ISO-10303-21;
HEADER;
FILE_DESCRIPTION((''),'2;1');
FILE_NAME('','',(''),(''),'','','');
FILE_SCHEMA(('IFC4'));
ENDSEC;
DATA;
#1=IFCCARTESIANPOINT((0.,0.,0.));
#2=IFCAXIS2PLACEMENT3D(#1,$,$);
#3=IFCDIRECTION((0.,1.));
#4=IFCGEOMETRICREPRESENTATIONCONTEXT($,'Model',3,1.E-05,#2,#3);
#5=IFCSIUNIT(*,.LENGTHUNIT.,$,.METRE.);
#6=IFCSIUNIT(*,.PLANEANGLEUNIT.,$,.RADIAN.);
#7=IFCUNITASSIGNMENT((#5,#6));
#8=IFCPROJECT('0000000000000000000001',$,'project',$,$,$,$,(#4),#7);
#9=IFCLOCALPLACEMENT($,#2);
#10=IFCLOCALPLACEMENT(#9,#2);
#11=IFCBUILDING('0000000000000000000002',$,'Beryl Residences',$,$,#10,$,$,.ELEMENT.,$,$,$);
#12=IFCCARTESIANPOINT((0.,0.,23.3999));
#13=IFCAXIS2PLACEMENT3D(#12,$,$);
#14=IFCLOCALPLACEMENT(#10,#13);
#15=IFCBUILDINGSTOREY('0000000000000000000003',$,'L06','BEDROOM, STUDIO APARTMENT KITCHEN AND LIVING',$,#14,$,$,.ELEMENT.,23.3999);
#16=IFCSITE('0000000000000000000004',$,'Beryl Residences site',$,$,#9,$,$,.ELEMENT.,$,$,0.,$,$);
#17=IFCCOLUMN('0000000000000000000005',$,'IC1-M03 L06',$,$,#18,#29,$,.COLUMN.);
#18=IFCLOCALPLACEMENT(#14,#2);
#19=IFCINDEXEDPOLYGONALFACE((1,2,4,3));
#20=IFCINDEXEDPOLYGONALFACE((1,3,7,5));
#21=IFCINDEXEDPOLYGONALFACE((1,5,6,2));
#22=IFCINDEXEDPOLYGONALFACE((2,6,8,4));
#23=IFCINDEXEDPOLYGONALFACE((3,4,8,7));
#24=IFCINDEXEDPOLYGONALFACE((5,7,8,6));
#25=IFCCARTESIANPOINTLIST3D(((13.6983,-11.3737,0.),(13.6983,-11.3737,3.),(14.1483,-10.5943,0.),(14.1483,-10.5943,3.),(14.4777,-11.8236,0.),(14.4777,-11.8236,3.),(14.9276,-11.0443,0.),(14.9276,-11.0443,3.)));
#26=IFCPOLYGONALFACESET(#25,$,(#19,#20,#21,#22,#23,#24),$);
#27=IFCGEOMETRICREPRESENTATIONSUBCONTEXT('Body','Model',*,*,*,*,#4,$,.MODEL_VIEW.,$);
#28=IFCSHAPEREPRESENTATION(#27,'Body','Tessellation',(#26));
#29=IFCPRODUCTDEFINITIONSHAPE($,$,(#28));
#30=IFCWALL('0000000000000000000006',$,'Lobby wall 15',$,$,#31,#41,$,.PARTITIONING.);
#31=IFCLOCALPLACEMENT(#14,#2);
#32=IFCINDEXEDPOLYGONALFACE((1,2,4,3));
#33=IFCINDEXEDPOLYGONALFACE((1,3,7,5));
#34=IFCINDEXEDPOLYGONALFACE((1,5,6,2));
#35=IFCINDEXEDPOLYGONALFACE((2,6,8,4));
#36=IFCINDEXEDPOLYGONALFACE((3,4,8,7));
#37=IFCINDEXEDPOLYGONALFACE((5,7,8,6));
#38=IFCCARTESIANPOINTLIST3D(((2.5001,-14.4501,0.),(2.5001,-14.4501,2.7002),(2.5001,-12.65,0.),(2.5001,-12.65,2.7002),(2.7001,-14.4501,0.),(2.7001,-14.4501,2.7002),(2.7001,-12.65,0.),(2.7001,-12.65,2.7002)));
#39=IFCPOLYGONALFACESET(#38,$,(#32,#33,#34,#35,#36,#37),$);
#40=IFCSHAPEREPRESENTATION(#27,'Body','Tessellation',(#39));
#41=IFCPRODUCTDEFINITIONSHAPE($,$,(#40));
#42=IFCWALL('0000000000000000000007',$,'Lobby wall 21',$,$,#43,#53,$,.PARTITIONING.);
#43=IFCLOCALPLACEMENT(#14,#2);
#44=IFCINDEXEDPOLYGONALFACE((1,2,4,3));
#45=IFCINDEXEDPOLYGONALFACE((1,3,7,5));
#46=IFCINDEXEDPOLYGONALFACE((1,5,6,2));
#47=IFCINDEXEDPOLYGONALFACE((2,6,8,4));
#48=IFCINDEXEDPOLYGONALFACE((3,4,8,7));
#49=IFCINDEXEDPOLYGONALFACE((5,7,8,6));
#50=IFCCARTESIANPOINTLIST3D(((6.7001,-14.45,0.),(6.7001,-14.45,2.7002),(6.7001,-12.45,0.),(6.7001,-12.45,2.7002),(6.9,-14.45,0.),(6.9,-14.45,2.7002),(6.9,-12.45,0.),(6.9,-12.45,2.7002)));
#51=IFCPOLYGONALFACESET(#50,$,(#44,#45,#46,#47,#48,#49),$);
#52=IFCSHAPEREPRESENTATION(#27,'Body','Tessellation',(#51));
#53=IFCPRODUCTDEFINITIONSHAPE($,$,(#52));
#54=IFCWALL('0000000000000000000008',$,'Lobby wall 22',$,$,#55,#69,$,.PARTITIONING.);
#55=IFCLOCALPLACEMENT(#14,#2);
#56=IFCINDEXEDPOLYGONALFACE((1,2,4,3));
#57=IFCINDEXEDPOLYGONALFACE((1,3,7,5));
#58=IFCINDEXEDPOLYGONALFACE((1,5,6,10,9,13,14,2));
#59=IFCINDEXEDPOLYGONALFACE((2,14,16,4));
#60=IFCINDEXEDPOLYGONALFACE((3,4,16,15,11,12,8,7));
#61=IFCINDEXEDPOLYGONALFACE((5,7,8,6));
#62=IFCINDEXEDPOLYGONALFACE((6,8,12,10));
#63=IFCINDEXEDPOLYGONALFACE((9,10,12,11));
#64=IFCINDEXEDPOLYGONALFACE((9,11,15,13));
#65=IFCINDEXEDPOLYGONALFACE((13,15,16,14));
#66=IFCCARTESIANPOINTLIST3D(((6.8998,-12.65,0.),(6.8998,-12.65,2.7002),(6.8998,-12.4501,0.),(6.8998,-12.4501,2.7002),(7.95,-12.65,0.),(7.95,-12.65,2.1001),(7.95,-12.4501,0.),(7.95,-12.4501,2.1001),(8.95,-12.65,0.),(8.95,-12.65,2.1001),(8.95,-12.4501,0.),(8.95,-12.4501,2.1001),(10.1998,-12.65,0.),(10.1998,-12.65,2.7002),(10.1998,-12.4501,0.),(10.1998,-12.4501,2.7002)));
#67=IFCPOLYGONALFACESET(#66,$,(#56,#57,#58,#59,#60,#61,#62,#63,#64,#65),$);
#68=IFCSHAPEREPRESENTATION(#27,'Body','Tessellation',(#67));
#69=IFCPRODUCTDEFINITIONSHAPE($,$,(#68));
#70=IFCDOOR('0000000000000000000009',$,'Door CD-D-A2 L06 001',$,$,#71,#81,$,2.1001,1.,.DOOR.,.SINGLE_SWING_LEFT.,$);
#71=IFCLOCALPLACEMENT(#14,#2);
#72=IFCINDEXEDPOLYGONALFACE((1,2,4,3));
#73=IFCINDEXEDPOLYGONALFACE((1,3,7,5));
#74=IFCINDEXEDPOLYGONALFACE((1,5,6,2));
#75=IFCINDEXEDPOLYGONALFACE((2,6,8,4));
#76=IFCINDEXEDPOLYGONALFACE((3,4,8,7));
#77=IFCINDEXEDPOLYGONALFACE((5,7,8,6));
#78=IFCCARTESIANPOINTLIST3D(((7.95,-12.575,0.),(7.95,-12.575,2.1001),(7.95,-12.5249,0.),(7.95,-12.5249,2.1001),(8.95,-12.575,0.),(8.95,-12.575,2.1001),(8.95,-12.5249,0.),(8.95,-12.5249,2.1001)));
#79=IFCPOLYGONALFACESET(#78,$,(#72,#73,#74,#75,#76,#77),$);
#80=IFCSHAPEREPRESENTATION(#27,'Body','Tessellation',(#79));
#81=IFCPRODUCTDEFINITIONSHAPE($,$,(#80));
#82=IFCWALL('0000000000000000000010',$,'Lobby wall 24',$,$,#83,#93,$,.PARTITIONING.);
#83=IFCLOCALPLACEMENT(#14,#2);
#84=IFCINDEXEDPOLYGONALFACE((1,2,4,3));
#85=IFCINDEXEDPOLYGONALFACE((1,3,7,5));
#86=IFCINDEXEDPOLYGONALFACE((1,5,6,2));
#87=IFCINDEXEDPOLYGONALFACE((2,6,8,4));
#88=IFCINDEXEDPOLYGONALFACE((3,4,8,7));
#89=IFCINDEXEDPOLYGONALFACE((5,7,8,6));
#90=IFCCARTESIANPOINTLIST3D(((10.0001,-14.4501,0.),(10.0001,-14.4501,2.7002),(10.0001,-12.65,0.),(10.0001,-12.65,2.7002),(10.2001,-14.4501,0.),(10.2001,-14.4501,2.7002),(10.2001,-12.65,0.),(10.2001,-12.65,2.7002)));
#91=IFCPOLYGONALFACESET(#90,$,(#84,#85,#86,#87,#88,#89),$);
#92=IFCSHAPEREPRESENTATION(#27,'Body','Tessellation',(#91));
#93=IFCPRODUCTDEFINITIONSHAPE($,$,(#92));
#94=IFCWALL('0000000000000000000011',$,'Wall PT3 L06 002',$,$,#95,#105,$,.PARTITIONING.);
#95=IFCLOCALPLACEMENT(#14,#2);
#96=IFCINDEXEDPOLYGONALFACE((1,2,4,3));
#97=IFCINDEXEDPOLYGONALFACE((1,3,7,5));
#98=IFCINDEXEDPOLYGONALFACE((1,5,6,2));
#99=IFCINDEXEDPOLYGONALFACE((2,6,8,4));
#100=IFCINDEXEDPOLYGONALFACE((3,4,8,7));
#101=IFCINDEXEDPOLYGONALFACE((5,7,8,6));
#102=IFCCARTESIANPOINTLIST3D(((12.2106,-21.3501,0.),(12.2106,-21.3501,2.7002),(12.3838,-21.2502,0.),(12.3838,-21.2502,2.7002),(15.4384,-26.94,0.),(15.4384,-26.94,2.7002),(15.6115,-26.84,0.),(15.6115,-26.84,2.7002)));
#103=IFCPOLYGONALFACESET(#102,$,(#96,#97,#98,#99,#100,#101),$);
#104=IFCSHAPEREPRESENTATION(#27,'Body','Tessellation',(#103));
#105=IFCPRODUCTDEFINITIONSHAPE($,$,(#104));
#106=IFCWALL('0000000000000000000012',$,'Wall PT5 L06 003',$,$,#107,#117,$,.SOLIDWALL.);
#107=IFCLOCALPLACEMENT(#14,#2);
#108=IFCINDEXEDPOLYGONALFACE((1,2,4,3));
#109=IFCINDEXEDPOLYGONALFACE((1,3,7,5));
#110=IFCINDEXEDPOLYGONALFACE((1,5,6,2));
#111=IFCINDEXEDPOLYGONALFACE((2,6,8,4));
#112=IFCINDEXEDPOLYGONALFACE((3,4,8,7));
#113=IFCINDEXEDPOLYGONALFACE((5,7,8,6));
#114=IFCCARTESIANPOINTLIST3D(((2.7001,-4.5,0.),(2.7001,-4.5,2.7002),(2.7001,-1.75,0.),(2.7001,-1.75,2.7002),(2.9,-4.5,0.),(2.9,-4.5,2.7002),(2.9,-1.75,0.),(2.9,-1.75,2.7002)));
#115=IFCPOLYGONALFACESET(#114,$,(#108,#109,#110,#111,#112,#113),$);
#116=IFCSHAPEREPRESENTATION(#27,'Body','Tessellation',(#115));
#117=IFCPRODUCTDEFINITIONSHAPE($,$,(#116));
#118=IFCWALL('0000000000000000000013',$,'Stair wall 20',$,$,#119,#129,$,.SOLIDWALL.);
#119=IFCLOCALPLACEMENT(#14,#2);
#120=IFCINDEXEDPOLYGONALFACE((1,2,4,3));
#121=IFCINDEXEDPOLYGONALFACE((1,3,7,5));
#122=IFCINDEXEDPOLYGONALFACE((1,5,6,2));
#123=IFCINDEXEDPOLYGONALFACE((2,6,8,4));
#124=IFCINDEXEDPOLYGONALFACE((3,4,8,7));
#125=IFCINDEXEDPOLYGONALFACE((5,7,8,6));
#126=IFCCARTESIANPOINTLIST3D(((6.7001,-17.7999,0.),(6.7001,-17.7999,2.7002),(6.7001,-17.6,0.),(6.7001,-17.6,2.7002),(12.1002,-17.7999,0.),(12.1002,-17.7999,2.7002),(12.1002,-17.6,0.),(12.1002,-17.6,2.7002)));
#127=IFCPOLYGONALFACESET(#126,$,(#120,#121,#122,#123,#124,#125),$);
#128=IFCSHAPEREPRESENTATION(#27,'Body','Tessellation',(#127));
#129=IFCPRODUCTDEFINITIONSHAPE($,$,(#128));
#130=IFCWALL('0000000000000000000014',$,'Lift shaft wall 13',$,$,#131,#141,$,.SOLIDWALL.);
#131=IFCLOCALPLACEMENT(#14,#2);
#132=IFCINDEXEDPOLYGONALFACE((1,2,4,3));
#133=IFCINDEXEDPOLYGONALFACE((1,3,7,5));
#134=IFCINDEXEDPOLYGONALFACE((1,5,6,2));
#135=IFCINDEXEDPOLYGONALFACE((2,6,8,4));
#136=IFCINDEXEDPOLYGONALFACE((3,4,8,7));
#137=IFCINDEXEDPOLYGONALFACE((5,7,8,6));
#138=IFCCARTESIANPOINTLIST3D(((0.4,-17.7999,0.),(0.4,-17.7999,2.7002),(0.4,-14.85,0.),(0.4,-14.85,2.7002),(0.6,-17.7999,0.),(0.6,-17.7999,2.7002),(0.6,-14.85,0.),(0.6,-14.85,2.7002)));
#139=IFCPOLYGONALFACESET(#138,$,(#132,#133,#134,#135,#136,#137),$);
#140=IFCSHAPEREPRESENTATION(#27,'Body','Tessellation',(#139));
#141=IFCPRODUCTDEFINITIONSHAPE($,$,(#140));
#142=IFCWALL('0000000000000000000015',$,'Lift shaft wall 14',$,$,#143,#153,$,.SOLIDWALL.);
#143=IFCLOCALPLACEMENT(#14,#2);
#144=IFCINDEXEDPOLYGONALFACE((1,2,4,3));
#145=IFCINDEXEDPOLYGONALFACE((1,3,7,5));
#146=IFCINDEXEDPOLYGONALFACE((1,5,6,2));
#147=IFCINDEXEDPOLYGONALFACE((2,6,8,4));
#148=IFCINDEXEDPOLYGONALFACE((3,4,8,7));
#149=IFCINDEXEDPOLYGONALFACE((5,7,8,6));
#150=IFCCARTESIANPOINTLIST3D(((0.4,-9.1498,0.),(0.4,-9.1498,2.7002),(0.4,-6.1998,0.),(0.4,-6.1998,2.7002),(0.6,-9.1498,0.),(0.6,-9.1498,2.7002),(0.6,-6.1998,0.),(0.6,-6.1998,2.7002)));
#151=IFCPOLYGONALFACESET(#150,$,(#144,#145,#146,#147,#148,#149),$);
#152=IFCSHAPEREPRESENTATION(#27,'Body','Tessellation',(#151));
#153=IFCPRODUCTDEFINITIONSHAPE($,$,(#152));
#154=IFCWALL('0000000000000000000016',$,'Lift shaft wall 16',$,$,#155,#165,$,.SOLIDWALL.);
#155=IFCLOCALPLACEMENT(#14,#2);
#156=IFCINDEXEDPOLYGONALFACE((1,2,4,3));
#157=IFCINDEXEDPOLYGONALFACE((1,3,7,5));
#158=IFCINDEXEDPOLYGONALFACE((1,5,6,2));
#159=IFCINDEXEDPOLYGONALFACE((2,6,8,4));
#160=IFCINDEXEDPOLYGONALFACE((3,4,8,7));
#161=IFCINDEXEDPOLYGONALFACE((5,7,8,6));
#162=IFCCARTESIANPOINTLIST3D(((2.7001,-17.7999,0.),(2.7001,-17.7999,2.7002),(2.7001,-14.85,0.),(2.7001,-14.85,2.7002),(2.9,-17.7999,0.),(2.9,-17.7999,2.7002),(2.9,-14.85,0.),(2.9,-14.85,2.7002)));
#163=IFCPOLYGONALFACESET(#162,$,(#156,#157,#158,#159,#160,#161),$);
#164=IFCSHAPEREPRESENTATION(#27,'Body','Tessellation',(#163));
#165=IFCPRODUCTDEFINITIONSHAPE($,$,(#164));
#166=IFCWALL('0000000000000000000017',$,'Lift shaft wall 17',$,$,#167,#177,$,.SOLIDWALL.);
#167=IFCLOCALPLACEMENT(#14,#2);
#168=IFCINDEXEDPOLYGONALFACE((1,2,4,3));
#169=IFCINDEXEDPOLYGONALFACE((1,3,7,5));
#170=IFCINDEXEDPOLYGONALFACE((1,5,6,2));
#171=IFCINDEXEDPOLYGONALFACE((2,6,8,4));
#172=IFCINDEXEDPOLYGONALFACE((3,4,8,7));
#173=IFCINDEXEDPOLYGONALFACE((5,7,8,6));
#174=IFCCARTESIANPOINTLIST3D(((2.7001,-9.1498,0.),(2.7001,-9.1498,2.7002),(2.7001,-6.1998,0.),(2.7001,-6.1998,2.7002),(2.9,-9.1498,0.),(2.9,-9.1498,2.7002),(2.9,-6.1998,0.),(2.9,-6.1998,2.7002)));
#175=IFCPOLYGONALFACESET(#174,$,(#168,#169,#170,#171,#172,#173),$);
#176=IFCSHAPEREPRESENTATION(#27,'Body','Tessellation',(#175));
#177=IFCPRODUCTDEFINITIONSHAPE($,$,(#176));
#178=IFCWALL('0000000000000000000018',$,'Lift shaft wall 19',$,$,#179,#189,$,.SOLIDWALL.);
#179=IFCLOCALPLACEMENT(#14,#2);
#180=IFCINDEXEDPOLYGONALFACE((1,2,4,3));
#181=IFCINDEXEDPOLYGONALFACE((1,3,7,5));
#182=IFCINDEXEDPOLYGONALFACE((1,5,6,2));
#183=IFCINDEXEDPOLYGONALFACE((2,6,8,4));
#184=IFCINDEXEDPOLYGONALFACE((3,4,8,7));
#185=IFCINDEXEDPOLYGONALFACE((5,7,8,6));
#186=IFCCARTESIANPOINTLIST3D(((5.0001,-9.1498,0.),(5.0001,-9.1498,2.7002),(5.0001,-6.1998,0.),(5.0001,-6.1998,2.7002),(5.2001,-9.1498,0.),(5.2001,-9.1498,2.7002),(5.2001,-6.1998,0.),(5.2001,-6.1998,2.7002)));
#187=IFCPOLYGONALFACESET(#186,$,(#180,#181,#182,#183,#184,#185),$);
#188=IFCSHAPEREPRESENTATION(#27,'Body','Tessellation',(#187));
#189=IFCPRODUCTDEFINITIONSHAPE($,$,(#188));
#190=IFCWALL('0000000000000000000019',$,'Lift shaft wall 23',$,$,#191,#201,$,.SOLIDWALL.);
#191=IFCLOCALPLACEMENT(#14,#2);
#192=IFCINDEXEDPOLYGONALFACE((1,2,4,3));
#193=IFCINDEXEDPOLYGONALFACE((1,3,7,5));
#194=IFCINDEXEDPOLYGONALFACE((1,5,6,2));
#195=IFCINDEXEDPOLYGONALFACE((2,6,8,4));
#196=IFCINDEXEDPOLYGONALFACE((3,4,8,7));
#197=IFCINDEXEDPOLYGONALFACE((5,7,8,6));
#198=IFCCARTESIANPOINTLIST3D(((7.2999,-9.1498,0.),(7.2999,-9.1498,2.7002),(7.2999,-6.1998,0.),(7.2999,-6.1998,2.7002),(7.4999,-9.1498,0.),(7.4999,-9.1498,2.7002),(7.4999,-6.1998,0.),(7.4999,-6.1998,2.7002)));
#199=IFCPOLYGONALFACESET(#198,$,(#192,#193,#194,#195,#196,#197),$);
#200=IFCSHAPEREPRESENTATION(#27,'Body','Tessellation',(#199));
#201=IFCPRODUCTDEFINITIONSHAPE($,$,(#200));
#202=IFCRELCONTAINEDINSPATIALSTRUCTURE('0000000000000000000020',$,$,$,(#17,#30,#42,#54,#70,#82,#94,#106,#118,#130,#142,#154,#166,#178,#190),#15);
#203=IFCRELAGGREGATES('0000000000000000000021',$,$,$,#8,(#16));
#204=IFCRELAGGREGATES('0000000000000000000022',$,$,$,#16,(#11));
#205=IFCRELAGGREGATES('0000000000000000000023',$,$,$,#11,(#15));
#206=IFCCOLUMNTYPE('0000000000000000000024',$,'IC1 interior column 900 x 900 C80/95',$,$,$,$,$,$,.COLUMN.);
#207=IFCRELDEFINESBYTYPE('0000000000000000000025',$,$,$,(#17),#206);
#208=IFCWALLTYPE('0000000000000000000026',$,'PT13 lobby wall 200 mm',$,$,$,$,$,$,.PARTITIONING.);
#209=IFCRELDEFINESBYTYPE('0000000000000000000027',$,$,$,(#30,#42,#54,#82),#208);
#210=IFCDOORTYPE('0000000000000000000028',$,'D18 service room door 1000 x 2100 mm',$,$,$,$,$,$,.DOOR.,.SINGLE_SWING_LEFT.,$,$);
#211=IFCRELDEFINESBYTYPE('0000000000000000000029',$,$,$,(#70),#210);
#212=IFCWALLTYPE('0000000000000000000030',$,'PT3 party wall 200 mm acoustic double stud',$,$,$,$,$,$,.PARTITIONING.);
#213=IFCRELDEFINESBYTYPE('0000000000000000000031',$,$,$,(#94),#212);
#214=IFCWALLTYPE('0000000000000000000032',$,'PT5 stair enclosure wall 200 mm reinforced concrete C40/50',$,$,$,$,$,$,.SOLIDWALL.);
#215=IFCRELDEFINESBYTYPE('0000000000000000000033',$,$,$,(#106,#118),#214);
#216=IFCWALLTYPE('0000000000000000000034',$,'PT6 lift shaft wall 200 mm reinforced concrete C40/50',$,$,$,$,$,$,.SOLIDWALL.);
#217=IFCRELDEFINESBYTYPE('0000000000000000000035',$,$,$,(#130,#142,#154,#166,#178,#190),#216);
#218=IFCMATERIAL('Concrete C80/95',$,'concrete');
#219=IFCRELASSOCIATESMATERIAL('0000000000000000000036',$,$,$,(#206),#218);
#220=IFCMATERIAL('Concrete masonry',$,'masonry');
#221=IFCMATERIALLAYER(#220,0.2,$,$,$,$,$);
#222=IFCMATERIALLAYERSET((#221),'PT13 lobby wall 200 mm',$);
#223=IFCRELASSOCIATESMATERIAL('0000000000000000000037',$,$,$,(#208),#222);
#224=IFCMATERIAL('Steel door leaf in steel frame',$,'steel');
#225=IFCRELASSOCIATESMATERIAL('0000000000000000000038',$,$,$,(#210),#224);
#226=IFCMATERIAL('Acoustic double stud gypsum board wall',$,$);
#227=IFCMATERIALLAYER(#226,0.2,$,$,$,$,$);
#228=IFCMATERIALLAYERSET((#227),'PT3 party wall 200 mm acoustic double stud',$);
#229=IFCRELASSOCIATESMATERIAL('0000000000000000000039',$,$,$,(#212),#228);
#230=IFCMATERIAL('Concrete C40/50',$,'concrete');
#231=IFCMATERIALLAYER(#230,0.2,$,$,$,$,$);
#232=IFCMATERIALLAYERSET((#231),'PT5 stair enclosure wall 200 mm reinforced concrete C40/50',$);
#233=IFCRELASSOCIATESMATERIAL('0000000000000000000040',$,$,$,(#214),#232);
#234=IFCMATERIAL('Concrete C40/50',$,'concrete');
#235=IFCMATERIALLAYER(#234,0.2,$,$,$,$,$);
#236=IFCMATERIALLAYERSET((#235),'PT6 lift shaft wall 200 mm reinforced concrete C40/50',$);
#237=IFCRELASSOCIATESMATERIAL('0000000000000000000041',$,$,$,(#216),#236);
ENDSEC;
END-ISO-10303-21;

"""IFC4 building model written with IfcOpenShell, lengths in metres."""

from ifc_helpers import new_model, si_unit, direction, frame, frame_2d, origin, origin_2d, place, context, subcontext, project, spatial, rectangle, extrude, material, layer, layer_set, material_profile, profile_set, type_object, element, fill, save


model = new_model("IFC4")

# Units and contexts
model_context = context("Model", 3, precision=1e-05, world=origin(), true_north=direction((0.0, 1.0)))
body_context = subcontext(model_context, "Body", "Model", "MODEL_VIEW")
ifc_project = project(units=[si_unit("LENGTHUNIT", "METRE"), si_unit("PLANEANGLEUNIT", "RADIAN")], contexts=[model_context])

# Site, building, storey
site_placement = place(None, origin())
site = spatial("IfcSite", under=ifc_project, at=site_placement, Name="Beryl Residences site", CompositionType="ELEMENT", RefElevation=0.0)
building_placement = place(site_placement, origin())
building = spatial("IfcBuilding", under=site, at=building_placement, Name="Beryl Residences", CompositionType="ELEMENT")
storey_placement = place(building_placement, frame((0.0, 0.0, 23.3999)))
storey = spatial("IfcBuildingStorey", under=building, at=storey_placement, Name="L06", Description="BEDROOM, STUDIO APARTMENT KITCHEN AND LIVING", CompositionType="ELEMENT", Elevation=23.3999)

# Column
ifc_material_1 = material(Name="Concrete C80/95", Category="concrete")
ifc_material_profile = material_profile(ifc_material_1, rectangle(XDim=0.8999, YDim=0.8999, at=origin_2d()))
ifc_profile_set = profile_set([ifc_material_profile], Name="Concrete C80/95")
column_type = type_object("IfcColumnType", Name="IC1 interior column 900 x 900 C80/95", PredefinedType="COLUMN", material=ifc_profile_set)
column_placement = place(storey_placement, frame((14.313, -11.209, 0.0), z_axis=(0.0, 0.0, 1.0), x_axis=(0.499985, 0.866034, 0.0)))
element("IfcColumn", 1, at=column_placement, inside=storey, type_object=column_type, Name="IC1-M03 L06", PredefinedType="COLUMN", context=body_context, shape_type="SweptSolid", body=[
    extrude(rectangle(XDim=0.8999, YDim=0.8999, at=origin_2d()), origin(), (0.0, 0.0, 1.0), 3.0),
])

# Walls
ifc_material_2 = material(Name="Concrete masonry", Category="masonry")
ifc_layer_1 = layer(ifc_material_2, 0.2)
ifc_layer_set_1 = layer_set([ifc_layer_1], Name="PT13 lobby wall 200 mm")
wall_type_1 = type_object("IfcWallType", Name="PT13 lobby wall 200 mm", PredefinedType="PARTITIONING", material=ifc_layer_set_1)
wall_1_placement = place(storey_placement, frame((2.6001, -14.45, 0.0), z_axis=(0.0, 0.0, 1.0), x_axis=(0.0, 1.0, 0.0)))
element("IfcWall", 2, at=wall_1_placement, inside=storey, type_object=wall_type_1, Name="Lobby wall 15", PredefinedType="PARTITIONING", context=body_context, shape_type="SweptSolid", body=[
    extrude(rectangle(XDim=1.8, YDim=0.2, at=frame_2d((0.8999, 0.0))), origin(), (0.0, 0.0, 1.0), 2.7002),
])
wall_2_placement = place(storey_placement, frame((6.8, -14.45, 0.0), z_axis=(0.0, 0.0, 1.0), x_axis=(0.0, 1.0, 0.0)))
element("IfcWall", 3, at=wall_2_placement, inside=storey, type_object=wall_type_1, Name="Lobby wall 21", PredefinedType="PARTITIONING", context=body_context, shape_type="SweptSolid", body=[
    extrude(rectangle(XDim=2.0, YDim=0.2, at=frame_2d((1.0, 0.0))), origin(), (0.0, 0.0, 1.0), 2.7002),
])

# Wall, opening, door
wall_3_placement = place(storey_placement, frame((6.8999, -12.55, 0.0), z_axis=(0.0, 0.0, 1.0), x_axis=(1.0, 0.0, 0.0)))
wall_3 = element("IfcWall", 4, at=wall_3_placement, inside=storey, type_object=wall_type_1, Name="Lobby wall 22", PredefinedType="PARTITIONING", context=body_context, shape_type="SweptSolid", body=[
    extrude(rectangle(XDim=3.3, YDim=0.2, at=frame_2d((1.6499, 0.0))), origin(), (0.0, 0.0, 1.0), 2.7002),
])
opening_placement = place(wall_3_placement, frame((2.05, 0.0, 0.0), z_axis=(0.0, 0.0, 1.0), x_axis=(-1.0, 0.0, 0.0)))
opening = element("IfcOpeningElement", 5, at=opening_placement, cuts=wall_3, PredefinedType="OPENING", context=body_context, shape_type="SweptSolid", body=[
    extrude(rectangle(XDim=1.0, YDim=2.1001, at=frame_2d((0.5, 1.05))), frame((0.0, 0.1099, 0.0), z_axis=(0.0, -1.0, 0.0), x_axis=(1.0, 0.0, 0.0)), (0.0, 0.0, 1.0), 0.22),
])
ifc_material_3 = material(Name="Steel door leaf in steel frame", Category="steel")
door_type = type_object("IfcDoorType", Name="D18 service room door 1000 x 2100 mm", OperationType="SINGLE_SWING_LEFT", PredefinedType="DOOR", material=ifc_material_3)
door_placement = place(opening_placement, origin())
door = element("IfcDoor", 6, at=door_placement, inside=storey, type_object=door_type, Name="Door CD-D-A2 L06 001", OperationType="SINGLE_SWING_LEFT", OverallHeight=2.1001, OverallWidth=1.0, PredefinedType="DOOR", context=body_context, shape_type="SweptSolid", body=[
    extrude(rectangle(XDim=1.0, YDim=2.1001, at=frame_2d((0.5, 1.05))), frame((0.0, 0.0249, 0.0), z_axis=(0.0, -1.0, 0.0), x_axis=(1.0, 0.0, 0.0)), (0.0, 0.0, 1.0), 0.05),
])
fill(opening, door)

# Walls
wall_4_placement = place(storey_placement, frame((10.1001, -14.45, 0.0), z_axis=(0.0, 0.0, 1.0), x_axis=(0.0, 1.0, 0.0)))
element("IfcWall", 7, at=wall_4_placement, inside=storey, type_object=wall_type_1, Name="Lobby wall 24", PredefinedType="PARTITIONING", context=body_context, shape_type="SweptSolid", body=[
    extrude(rectangle(XDim=1.8, YDim=0.2, at=frame_2d((0.8999, 0.0))), origin(), (0.0, 0.0, 1.0), 2.7002),
])
ifc_material_4 = material(Name="Acoustic double stud gypsum board wall")
ifc_layer_2 = layer(ifc_material_4, 0.2)
ifc_layer_set_2 = layer_set([ifc_layer_2], Name="PT3 party wall 200 mm acoustic double stud")
wall_type_2 = type_object("IfcWallType", Name="PT3 party wall 200 mm acoustic double stud", PredefinedType="PARTITIONING", material=ifc_layer_set_2)
wall_5_placement = place(storey_placement, frame((12.2971, -21.3, 0.0), z_axis=(0.0, 0.0, 1.0), x_axis=(0.500056, -0.865993, 0.0)))
element("IfcWall", 8, at=wall_5_placement, inside=storey, type_object=wall_type_2, Name="Wall PT3 L06 002", PredefinedType="PARTITIONING", context=body_context, shape_type="SweptSolid", body=[
    extrude(rectangle(XDim=6.4548, YDim=0.2, at=frame_2d((3.2275, 0.0))), origin(), (0.0, 0.0, 1.0), 2.7002),
])
ifc_material_5 = material(Name="Concrete C40/50", Category="concrete")
ifc_layer_3 = layer(ifc_material_5, 0.2)
ifc_layer_set_3 = layer_set([ifc_layer_3], Name="PT5 stair enclosure wall 200 mm reinforced concrete C40/50")
wall_type_3 = type_object("IfcWallType", Name="PT5 stair enclosure wall 200 mm reinforced concrete C40/50", PredefinedType="SOLIDWALL", material=ifc_layer_set_3)
wall_6_placement = place(storey_placement, frame((2.8, -4.5, 0.0), z_axis=(0.0, 0.0, 1.0), x_axis=(0.0, 1.0, 0.0)))
element("IfcWall", 9, at=wall_6_placement, inside=storey, type_object=wall_type_3, Name="Wall PT5 L06 003", PredefinedType="SOLIDWALL", context=body_context, shape_type="SweptSolid", body=[
    extrude(rectangle(XDim=2.75, YDim=0.2, at=frame_2d((1.375, 0.0))), origin(), (0.0, 0.0, 1.0), 2.7002),
])
wall_7_placement = place(storey_placement, frame((6.7, -17.7, 0.0), z_axis=(0.0, 0.0, 1.0), x_axis=(1.0, 0.0, 0.0)))
element("IfcWall", 10, at=wall_7_placement, inside=storey, type_object=wall_type_3, Name="Stair wall 20", PredefinedType="SOLIDWALL", context=body_context, shape_type="SweptSolid", body=[
    extrude(rectangle(XDim=5.4001, YDim=0.2, at=frame_2d((2.7002, 0.0))), origin(), (0.0, 0.0, 1.0), 2.7002),
])
ifc_material_6 = material(Name="Concrete C40/50", Category="concrete")
ifc_layer_4 = layer(ifc_material_6, 0.2)
ifc_layer_set_4 = layer_set([ifc_layer_4], Name="PT6 lift shaft wall 200 mm reinforced concrete C40/50")
wall_type_4 = type_object("IfcWallType", Name="PT6 lift shaft wall 200 mm reinforced concrete C40/50", PredefinedType="SOLIDWALL", material=ifc_layer_set_4)
for number, where, z_axis, x_axis, name in (
    (11, (0.5, -17.8, 0.0), (0.0, 0.0, 1.0), (0.0, 1.0, 0.0), "Lift shaft wall 13"),
    (12, (0.5, -9.1499, 0.0), (0.0, 0.0, 1.0), (0.0, 1.0, 0.0), "Lift shaft wall 14"),
    (13, (2.8, -17.8, 0.0), (0.0, 0.0, 1.0), (0.0, 1.0, 0.0), "Lift shaft wall 16"),
    (14, (2.8, -9.1499, 0.0), (0.0, 0.0, 1.0), (0.0, 1.0, 0.0), "Lift shaft wall 17"),
    (15, (5.1001, -9.1499, 0.0), (0.0, 0.0, 1.0), (0.0, 1.0, 0.0), "Lift shaft wall 19"),
    (16, (7.3999, -9.1499, 0.0), (0.0, 0.0, 1.0), (0.0, 1.0, 0.0), "Lift shaft wall 23"),
):
    element("IfcWall", number, at=place(storey_placement, frame(where, z_axis=z_axis, x_axis=x_axis)), inside=storey, type_object=wall_type_4, Name=name, PredefinedType="SOLIDWALL", context=body_context, shape_type="SweptSolid", body=[
        extrude(rectangle(XDim=2.95, YDim=0.2, at=frame_2d((1.4751, 0.0))), origin(), (0.0, 0.0, 1.0), 2.7002),
    ])

save(model, "model.ifc")
